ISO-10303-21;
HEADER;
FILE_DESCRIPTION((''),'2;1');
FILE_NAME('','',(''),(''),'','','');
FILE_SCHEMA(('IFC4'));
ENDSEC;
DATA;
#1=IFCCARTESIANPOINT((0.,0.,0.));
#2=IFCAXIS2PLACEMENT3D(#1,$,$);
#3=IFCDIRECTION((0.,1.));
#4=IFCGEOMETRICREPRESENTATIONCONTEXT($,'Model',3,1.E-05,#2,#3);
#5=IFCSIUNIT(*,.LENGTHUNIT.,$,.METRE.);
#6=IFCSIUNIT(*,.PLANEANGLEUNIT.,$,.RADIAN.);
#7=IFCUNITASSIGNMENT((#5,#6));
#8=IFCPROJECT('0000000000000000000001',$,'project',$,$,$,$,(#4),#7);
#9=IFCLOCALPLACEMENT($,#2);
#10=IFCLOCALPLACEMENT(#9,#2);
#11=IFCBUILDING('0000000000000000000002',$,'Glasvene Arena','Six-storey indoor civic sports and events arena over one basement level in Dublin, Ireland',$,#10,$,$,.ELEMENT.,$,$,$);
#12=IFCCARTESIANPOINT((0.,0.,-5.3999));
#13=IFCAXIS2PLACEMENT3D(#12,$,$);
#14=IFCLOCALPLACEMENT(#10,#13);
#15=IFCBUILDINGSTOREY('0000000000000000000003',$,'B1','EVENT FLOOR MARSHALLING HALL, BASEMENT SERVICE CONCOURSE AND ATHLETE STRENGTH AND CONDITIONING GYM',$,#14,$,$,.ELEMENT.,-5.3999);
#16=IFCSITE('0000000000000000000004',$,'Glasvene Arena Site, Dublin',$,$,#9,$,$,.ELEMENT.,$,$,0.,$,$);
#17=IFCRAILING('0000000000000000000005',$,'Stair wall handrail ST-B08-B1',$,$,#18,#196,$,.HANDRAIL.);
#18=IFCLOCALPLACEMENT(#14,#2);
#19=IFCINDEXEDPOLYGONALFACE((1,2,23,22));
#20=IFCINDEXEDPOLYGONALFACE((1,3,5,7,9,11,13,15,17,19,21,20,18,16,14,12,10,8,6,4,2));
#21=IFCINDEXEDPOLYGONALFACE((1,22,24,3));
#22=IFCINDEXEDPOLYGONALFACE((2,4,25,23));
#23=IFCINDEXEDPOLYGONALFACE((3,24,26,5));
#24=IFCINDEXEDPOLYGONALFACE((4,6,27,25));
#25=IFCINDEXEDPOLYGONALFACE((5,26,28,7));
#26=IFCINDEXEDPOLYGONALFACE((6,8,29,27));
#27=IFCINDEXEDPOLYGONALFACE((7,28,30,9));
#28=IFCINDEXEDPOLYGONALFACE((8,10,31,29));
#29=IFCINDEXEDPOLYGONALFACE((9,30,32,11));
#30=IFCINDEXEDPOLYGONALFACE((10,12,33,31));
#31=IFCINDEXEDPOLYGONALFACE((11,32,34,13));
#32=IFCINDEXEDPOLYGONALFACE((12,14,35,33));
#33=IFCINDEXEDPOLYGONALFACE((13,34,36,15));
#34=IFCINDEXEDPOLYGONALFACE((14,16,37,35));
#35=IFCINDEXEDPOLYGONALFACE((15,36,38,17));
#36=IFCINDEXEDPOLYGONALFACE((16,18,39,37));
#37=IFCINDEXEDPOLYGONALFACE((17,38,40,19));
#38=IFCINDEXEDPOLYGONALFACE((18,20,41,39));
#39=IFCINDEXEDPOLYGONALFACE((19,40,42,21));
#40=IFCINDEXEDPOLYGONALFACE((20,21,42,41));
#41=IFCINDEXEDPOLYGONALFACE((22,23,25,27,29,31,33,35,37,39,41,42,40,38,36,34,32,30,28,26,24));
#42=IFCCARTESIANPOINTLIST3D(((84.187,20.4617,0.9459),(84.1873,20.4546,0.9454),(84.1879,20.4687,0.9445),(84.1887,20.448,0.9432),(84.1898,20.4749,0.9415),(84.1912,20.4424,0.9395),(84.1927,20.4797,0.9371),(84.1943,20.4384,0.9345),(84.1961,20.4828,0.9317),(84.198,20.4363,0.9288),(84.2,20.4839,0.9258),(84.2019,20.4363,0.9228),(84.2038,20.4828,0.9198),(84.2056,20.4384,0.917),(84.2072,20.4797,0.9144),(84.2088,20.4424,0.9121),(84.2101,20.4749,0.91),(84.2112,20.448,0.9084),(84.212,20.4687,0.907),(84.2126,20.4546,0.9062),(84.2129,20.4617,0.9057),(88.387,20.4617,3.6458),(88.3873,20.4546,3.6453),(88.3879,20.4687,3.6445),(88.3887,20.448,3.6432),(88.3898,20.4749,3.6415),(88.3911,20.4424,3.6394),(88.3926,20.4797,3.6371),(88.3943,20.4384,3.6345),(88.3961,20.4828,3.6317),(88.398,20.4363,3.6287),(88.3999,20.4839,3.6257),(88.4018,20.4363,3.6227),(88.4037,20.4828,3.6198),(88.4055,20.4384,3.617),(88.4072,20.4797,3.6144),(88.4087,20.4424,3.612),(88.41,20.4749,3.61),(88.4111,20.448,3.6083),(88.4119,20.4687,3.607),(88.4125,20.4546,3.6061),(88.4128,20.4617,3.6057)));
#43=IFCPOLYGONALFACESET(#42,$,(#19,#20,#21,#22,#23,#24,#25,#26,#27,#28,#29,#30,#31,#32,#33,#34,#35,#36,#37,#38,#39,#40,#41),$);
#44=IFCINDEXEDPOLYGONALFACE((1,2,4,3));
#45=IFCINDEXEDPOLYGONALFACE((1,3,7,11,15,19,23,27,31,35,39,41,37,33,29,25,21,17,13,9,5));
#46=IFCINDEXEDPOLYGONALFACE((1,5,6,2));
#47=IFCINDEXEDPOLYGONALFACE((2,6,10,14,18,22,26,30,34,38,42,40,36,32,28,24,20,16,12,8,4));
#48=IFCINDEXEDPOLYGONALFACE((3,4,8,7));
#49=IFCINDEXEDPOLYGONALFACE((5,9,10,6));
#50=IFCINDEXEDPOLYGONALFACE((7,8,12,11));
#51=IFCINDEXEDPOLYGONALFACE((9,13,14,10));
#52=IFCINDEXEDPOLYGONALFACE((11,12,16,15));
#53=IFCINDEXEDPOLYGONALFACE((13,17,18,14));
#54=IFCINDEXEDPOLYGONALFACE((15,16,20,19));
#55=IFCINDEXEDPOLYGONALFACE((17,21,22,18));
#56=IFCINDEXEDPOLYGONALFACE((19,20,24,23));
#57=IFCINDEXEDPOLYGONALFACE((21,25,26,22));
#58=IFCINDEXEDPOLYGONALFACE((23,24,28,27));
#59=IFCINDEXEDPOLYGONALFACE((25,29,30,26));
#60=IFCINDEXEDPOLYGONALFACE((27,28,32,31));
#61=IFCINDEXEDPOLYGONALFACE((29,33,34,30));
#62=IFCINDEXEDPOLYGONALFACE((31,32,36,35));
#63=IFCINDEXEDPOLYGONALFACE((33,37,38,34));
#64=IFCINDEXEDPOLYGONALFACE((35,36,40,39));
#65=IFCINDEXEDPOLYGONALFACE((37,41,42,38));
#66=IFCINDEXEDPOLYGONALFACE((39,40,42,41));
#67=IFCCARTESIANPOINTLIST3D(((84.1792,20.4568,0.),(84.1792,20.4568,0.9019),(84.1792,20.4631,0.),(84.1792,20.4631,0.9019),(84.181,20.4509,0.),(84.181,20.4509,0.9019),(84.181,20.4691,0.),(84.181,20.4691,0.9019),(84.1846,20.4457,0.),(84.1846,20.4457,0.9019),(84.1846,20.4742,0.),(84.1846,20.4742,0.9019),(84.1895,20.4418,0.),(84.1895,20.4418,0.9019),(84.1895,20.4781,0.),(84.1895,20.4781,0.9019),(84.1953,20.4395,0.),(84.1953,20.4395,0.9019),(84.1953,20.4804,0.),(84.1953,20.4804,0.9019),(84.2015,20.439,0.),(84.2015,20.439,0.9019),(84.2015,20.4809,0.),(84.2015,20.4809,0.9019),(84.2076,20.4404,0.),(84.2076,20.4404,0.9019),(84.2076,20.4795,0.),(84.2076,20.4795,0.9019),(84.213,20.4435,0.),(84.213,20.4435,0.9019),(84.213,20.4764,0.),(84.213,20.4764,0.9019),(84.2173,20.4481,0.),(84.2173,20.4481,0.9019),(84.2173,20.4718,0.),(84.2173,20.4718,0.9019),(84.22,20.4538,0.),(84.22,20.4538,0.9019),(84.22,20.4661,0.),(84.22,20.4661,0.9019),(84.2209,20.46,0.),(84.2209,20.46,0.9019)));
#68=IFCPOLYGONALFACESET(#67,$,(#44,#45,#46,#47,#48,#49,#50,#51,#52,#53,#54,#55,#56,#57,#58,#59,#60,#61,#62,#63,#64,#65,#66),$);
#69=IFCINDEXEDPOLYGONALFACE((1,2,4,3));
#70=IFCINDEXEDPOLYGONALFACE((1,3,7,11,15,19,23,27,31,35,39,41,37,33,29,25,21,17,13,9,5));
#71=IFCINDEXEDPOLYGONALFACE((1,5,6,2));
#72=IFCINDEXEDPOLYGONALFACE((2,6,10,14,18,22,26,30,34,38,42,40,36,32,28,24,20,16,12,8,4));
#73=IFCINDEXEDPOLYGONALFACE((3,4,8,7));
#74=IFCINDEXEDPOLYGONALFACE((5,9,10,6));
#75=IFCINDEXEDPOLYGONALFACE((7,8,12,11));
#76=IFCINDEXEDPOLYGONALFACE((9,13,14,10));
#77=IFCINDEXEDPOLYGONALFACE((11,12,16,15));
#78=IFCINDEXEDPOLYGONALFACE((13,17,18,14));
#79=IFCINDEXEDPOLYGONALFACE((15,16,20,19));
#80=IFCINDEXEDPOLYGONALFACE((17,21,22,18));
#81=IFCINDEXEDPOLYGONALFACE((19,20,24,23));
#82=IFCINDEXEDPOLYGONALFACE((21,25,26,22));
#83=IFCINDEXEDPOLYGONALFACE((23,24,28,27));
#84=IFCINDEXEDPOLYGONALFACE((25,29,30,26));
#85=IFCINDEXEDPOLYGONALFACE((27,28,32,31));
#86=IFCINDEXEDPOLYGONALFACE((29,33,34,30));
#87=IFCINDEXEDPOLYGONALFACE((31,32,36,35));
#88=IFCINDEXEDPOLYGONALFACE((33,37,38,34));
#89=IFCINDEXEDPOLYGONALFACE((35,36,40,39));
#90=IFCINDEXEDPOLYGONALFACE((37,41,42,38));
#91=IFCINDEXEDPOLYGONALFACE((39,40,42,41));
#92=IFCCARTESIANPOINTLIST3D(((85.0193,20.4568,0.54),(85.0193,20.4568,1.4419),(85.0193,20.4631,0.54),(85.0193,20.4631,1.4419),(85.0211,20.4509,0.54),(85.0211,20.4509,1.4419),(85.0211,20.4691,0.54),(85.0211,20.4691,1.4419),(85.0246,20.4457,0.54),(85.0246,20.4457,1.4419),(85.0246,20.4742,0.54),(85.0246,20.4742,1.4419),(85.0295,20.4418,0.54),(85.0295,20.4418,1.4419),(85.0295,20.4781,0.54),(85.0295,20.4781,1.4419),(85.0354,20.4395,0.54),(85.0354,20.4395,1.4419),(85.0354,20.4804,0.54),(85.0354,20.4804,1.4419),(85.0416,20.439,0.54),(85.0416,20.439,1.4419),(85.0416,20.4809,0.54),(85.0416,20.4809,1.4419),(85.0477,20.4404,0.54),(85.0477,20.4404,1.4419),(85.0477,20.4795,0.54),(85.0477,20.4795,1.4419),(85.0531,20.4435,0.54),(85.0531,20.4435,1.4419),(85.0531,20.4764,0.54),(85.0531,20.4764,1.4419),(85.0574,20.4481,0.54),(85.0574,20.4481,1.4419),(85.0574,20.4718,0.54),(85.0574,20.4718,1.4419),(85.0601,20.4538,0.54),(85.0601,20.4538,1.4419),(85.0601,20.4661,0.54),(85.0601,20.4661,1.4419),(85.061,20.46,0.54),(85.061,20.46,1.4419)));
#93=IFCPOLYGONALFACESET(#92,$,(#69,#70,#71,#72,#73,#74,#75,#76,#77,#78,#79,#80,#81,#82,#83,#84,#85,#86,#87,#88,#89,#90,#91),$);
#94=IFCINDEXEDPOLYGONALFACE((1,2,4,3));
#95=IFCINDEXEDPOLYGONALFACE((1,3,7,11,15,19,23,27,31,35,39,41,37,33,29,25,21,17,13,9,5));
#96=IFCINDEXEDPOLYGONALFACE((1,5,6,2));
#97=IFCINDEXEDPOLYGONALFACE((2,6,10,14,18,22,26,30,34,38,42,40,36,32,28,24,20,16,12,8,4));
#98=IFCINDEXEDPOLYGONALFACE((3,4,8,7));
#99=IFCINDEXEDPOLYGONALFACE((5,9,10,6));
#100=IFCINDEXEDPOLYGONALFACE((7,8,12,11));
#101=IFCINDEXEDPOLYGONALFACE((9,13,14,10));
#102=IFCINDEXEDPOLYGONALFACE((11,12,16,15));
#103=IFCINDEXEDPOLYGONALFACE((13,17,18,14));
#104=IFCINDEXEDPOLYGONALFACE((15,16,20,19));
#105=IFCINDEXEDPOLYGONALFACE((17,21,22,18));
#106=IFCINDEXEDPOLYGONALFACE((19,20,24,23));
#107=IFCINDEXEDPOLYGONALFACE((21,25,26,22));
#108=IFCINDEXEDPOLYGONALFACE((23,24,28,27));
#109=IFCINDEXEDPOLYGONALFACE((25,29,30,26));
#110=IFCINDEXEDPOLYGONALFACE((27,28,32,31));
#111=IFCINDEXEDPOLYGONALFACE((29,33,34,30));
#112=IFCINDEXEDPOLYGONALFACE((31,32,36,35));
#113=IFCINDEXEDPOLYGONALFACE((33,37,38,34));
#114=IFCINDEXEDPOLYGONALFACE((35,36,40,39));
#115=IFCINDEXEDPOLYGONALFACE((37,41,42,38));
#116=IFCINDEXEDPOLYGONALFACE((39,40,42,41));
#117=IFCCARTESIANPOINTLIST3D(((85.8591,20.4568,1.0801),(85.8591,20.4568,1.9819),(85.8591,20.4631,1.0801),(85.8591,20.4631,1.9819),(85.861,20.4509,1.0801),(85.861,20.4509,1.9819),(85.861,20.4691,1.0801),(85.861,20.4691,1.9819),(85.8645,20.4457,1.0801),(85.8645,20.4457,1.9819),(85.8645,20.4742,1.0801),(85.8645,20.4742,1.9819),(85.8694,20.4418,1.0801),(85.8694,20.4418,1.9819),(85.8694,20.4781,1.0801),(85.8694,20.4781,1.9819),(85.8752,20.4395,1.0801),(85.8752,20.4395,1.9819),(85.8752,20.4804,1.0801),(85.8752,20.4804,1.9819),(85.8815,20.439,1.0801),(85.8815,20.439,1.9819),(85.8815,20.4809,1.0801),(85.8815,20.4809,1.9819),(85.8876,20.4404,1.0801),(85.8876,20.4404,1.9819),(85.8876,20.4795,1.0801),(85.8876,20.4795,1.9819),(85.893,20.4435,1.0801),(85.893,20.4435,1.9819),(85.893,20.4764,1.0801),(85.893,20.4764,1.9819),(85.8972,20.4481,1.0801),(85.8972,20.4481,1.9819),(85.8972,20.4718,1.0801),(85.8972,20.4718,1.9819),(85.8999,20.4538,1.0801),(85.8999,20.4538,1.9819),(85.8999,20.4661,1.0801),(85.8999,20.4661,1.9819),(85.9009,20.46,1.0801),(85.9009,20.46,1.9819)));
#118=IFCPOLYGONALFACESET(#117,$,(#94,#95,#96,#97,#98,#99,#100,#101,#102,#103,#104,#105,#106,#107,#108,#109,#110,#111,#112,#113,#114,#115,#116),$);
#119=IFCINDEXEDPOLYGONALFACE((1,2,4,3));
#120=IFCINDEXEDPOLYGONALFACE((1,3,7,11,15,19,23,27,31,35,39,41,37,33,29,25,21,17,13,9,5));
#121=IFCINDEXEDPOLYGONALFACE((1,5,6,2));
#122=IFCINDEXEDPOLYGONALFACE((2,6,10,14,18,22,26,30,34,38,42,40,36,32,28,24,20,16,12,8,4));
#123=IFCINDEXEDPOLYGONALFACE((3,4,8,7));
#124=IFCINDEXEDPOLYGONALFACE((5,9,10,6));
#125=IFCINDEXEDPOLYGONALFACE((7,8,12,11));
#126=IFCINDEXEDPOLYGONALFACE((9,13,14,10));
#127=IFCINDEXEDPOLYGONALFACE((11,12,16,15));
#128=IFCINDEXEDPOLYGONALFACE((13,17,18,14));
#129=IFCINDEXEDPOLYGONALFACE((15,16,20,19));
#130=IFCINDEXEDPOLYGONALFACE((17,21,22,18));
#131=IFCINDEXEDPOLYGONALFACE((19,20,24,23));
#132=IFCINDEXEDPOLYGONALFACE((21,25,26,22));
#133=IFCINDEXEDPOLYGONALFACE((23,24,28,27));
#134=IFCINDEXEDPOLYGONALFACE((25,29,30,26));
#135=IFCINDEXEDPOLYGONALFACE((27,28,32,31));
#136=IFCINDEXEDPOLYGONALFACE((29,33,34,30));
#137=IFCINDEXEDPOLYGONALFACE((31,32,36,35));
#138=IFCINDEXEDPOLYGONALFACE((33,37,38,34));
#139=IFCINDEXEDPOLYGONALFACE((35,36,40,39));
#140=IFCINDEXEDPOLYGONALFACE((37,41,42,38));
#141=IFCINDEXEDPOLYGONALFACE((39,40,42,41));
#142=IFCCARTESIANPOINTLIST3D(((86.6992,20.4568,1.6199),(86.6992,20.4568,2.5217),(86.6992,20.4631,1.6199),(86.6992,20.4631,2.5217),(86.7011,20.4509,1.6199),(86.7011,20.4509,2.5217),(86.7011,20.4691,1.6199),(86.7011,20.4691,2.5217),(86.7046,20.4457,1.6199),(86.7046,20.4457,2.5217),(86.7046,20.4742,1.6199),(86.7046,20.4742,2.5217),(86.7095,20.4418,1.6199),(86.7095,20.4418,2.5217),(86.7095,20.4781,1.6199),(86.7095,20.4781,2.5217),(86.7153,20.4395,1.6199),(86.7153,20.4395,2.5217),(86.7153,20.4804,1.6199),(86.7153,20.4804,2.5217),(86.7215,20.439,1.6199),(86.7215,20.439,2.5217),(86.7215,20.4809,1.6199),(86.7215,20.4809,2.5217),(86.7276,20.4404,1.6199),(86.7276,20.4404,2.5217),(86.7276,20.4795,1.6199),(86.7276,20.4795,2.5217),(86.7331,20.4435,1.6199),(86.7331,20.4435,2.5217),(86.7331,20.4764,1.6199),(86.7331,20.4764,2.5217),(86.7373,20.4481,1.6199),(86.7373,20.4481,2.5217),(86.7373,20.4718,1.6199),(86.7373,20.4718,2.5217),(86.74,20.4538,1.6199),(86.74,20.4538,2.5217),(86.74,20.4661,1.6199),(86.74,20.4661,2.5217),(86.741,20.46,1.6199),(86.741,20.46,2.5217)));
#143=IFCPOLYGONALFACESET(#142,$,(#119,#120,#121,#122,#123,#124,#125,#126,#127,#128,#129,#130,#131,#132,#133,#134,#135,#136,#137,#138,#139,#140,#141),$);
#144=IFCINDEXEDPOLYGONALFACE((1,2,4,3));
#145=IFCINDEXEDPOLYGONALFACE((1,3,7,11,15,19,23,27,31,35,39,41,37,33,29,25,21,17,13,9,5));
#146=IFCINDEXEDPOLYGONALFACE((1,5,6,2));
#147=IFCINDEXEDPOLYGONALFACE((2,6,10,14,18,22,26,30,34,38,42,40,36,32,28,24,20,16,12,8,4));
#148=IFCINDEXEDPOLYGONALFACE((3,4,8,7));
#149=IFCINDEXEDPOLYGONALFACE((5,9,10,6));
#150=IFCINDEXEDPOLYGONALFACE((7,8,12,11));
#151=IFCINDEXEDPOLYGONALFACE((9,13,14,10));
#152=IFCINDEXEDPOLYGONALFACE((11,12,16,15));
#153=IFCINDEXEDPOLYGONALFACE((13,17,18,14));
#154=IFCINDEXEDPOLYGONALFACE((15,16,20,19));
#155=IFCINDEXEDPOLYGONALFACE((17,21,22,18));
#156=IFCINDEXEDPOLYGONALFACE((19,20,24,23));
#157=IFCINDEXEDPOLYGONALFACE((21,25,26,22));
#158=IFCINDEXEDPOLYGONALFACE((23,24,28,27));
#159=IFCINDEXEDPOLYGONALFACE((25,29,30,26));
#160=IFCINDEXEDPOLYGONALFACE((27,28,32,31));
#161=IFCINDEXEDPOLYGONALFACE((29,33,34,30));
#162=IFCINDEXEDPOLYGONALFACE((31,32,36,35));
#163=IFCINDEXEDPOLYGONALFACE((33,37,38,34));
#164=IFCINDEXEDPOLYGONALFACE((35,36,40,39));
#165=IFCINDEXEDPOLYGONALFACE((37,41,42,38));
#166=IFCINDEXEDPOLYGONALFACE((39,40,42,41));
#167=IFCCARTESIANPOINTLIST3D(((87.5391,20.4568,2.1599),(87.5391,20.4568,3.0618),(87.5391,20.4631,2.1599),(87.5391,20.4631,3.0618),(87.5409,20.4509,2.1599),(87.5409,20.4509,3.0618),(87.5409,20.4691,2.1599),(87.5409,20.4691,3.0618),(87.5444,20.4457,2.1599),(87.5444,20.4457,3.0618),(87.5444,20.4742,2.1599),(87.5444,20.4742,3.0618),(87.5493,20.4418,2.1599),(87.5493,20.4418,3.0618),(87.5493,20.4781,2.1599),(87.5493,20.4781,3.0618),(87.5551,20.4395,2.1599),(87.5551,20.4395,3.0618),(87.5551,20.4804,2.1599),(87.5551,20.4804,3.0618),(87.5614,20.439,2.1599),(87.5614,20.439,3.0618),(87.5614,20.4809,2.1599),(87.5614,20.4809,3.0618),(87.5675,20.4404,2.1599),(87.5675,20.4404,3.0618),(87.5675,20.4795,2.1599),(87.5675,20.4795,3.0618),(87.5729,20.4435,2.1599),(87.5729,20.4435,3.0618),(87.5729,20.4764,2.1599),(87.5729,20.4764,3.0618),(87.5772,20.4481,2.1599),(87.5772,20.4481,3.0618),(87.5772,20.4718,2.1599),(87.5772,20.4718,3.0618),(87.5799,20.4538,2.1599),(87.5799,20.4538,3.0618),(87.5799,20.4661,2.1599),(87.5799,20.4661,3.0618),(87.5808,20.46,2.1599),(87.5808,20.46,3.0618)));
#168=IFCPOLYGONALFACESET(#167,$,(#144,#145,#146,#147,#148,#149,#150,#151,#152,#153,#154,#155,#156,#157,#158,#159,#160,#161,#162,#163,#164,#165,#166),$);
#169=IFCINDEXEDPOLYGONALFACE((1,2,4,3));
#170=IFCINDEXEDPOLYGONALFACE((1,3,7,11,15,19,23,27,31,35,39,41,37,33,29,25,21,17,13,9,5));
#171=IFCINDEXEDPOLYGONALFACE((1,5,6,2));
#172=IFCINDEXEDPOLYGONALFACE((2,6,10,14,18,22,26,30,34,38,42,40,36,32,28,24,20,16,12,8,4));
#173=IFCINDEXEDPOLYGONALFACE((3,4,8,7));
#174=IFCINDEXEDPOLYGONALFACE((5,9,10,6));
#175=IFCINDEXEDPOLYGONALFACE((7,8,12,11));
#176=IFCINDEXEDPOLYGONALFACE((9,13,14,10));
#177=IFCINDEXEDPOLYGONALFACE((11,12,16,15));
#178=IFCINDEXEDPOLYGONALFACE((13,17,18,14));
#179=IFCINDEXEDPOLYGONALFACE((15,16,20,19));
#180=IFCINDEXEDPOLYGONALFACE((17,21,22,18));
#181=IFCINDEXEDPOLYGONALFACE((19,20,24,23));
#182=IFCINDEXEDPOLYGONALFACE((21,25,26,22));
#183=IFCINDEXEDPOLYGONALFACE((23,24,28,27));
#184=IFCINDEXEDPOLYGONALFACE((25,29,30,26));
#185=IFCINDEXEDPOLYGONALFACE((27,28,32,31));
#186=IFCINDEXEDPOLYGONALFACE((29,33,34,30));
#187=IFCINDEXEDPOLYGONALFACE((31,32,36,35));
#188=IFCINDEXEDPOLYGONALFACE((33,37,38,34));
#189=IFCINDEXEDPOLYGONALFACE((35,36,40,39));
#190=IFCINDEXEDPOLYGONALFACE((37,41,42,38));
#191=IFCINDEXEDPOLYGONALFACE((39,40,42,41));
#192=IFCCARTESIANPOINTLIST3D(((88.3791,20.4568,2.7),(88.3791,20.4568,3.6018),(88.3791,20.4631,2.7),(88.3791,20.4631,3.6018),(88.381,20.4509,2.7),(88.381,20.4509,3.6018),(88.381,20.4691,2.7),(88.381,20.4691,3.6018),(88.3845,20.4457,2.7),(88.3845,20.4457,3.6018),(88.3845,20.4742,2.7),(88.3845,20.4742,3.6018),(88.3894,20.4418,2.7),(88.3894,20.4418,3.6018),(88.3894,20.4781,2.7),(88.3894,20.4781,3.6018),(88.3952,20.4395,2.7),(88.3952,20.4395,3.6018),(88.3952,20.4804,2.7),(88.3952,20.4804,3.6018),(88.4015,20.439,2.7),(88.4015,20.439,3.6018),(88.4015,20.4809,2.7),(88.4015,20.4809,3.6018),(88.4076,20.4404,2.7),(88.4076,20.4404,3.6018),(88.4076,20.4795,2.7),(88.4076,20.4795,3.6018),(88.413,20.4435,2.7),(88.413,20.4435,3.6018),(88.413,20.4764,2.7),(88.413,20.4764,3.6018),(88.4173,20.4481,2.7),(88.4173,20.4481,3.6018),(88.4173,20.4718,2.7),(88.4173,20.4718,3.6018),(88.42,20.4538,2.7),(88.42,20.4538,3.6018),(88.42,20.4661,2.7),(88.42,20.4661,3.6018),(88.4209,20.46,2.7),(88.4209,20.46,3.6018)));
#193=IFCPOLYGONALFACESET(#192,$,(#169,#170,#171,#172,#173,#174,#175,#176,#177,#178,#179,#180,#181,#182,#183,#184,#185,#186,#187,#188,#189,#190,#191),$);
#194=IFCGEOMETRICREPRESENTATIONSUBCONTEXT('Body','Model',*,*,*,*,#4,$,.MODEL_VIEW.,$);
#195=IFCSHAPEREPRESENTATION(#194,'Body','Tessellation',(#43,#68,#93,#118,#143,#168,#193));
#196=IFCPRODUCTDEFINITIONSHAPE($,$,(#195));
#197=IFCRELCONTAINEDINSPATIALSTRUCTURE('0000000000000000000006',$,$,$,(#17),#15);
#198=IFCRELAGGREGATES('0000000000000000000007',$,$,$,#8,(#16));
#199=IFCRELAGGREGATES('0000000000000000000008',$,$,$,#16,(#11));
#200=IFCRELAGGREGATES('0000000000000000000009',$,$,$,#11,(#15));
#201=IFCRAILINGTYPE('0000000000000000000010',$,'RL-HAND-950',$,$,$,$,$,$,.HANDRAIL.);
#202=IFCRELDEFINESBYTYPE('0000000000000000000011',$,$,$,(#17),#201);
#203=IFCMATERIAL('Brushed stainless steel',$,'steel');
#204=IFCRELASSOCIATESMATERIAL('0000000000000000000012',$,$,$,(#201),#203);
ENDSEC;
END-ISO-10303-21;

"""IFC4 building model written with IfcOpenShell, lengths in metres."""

from ifc_helpers import new_model, si_unit, direction, frame, origin, origin_2d, place, context, subcontext, project, spatial, circle, extrude, material, type_object, element, save


model = new_model("IFC4")

# Units and contexts
model_context = context("Model", 3, precision=1e-05, world=origin(), true_north=direction((0.0, 1.0)))
body_context = subcontext(model_context, "Body", "Model", "MODEL_VIEW")
ifc_project = project(units=[si_unit("LENGTHUNIT", "METRE"), si_unit("PLANEANGLEUNIT", "RADIAN")], contexts=[model_context])

# Site, building, storey
site_placement = place(None, origin())
site = spatial("IfcSite", under=ifc_project, at=site_placement, Name="Glasvene Arena Site, Dublin", CompositionType="ELEMENT", RefElevation=0.0)
building_placement = place(site_placement, origin())
building = spatial("IfcBuilding", under=site, at=building_placement, Name="Glasvene Arena", Description="Six-storey indoor civic sports and events arena over one basement level in Dublin, Ireland", CompositionType="ELEMENT")
storey_placement = place(building_placement, frame((0.0, 0.0, -5.3999)))
storey = spatial("IfcBuildingStorey", under=building, at=storey_placement, Name="B1", Description="EVENT FLOOR MARSHALLING HALL, BASEMENT SERVICE CONCOURSE AND ATHLETE STRENGTH AND CONDITIONING GYM", CompositionType="ELEMENT", Elevation=-5.3999)

# Railing
ifc_material_1 = material(Name="Brushed stainless steel", Category="steel")
railing_type_1 = type_object("IfcRailingType", Name="RL-HAND-950", PredefinedType="HANDRAIL", material=ifc_material_1)
railing_1_placement = place(storey_placement, frame((84.2, 20.46, 0.0)))
element("IfcRailing", 1, at=railing_1_placement, inside=storey, type_object=railing_type_1, Name="Stair wall handrail ST-B08-B1", PredefinedType="HANDRAIL", context=body_context, shape_type="SweptSolid", body=[
    extrude(circle(Radius=0.0239, at=origin_2d()), frame((0.0, 0.0, 0.9258), z_axis=(0.84118, 0.0, 0.540755), x_axis=(0.0, 1.0, 0.0)), (0.0, 0.0, 1.0), 4.9929),
    extrude(circle(Radius=0.021, at=origin_2d()), origin(), (0.0, 0.0, 1.0), 0.9019),
    extrude(circle(Radius=0.021, at=origin_2d()), frame((0.8401, 0.0, 0.54)), (0.0, 0.0, 1.0), 0.9019),
    extrude(circle(Radius=0.021, at=origin_2d()), frame((1.6799, 0.0, 1.0801)), (0.0, 0.0, 1.0), 0.9019),
    extrude(circle(Radius=0.021, at=origin_2d()), frame((2.52, 0.0, 1.6199)), (0.0, 0.0, 1.0), 0.9019),
    extrude(circle(Radius=0.021, at=origin_2d()), frame((3.3599, 0.0, 2.1599)), (0.0, 0.0, 1.0), 0.9019),
    extrude(circle(Radius=0.021, at=origin_2d()), frame((4.2, 0.0, 2.7)), (0.0, 0.0, 1.0), 0.9019),
])

save(model, "model.ifc")
